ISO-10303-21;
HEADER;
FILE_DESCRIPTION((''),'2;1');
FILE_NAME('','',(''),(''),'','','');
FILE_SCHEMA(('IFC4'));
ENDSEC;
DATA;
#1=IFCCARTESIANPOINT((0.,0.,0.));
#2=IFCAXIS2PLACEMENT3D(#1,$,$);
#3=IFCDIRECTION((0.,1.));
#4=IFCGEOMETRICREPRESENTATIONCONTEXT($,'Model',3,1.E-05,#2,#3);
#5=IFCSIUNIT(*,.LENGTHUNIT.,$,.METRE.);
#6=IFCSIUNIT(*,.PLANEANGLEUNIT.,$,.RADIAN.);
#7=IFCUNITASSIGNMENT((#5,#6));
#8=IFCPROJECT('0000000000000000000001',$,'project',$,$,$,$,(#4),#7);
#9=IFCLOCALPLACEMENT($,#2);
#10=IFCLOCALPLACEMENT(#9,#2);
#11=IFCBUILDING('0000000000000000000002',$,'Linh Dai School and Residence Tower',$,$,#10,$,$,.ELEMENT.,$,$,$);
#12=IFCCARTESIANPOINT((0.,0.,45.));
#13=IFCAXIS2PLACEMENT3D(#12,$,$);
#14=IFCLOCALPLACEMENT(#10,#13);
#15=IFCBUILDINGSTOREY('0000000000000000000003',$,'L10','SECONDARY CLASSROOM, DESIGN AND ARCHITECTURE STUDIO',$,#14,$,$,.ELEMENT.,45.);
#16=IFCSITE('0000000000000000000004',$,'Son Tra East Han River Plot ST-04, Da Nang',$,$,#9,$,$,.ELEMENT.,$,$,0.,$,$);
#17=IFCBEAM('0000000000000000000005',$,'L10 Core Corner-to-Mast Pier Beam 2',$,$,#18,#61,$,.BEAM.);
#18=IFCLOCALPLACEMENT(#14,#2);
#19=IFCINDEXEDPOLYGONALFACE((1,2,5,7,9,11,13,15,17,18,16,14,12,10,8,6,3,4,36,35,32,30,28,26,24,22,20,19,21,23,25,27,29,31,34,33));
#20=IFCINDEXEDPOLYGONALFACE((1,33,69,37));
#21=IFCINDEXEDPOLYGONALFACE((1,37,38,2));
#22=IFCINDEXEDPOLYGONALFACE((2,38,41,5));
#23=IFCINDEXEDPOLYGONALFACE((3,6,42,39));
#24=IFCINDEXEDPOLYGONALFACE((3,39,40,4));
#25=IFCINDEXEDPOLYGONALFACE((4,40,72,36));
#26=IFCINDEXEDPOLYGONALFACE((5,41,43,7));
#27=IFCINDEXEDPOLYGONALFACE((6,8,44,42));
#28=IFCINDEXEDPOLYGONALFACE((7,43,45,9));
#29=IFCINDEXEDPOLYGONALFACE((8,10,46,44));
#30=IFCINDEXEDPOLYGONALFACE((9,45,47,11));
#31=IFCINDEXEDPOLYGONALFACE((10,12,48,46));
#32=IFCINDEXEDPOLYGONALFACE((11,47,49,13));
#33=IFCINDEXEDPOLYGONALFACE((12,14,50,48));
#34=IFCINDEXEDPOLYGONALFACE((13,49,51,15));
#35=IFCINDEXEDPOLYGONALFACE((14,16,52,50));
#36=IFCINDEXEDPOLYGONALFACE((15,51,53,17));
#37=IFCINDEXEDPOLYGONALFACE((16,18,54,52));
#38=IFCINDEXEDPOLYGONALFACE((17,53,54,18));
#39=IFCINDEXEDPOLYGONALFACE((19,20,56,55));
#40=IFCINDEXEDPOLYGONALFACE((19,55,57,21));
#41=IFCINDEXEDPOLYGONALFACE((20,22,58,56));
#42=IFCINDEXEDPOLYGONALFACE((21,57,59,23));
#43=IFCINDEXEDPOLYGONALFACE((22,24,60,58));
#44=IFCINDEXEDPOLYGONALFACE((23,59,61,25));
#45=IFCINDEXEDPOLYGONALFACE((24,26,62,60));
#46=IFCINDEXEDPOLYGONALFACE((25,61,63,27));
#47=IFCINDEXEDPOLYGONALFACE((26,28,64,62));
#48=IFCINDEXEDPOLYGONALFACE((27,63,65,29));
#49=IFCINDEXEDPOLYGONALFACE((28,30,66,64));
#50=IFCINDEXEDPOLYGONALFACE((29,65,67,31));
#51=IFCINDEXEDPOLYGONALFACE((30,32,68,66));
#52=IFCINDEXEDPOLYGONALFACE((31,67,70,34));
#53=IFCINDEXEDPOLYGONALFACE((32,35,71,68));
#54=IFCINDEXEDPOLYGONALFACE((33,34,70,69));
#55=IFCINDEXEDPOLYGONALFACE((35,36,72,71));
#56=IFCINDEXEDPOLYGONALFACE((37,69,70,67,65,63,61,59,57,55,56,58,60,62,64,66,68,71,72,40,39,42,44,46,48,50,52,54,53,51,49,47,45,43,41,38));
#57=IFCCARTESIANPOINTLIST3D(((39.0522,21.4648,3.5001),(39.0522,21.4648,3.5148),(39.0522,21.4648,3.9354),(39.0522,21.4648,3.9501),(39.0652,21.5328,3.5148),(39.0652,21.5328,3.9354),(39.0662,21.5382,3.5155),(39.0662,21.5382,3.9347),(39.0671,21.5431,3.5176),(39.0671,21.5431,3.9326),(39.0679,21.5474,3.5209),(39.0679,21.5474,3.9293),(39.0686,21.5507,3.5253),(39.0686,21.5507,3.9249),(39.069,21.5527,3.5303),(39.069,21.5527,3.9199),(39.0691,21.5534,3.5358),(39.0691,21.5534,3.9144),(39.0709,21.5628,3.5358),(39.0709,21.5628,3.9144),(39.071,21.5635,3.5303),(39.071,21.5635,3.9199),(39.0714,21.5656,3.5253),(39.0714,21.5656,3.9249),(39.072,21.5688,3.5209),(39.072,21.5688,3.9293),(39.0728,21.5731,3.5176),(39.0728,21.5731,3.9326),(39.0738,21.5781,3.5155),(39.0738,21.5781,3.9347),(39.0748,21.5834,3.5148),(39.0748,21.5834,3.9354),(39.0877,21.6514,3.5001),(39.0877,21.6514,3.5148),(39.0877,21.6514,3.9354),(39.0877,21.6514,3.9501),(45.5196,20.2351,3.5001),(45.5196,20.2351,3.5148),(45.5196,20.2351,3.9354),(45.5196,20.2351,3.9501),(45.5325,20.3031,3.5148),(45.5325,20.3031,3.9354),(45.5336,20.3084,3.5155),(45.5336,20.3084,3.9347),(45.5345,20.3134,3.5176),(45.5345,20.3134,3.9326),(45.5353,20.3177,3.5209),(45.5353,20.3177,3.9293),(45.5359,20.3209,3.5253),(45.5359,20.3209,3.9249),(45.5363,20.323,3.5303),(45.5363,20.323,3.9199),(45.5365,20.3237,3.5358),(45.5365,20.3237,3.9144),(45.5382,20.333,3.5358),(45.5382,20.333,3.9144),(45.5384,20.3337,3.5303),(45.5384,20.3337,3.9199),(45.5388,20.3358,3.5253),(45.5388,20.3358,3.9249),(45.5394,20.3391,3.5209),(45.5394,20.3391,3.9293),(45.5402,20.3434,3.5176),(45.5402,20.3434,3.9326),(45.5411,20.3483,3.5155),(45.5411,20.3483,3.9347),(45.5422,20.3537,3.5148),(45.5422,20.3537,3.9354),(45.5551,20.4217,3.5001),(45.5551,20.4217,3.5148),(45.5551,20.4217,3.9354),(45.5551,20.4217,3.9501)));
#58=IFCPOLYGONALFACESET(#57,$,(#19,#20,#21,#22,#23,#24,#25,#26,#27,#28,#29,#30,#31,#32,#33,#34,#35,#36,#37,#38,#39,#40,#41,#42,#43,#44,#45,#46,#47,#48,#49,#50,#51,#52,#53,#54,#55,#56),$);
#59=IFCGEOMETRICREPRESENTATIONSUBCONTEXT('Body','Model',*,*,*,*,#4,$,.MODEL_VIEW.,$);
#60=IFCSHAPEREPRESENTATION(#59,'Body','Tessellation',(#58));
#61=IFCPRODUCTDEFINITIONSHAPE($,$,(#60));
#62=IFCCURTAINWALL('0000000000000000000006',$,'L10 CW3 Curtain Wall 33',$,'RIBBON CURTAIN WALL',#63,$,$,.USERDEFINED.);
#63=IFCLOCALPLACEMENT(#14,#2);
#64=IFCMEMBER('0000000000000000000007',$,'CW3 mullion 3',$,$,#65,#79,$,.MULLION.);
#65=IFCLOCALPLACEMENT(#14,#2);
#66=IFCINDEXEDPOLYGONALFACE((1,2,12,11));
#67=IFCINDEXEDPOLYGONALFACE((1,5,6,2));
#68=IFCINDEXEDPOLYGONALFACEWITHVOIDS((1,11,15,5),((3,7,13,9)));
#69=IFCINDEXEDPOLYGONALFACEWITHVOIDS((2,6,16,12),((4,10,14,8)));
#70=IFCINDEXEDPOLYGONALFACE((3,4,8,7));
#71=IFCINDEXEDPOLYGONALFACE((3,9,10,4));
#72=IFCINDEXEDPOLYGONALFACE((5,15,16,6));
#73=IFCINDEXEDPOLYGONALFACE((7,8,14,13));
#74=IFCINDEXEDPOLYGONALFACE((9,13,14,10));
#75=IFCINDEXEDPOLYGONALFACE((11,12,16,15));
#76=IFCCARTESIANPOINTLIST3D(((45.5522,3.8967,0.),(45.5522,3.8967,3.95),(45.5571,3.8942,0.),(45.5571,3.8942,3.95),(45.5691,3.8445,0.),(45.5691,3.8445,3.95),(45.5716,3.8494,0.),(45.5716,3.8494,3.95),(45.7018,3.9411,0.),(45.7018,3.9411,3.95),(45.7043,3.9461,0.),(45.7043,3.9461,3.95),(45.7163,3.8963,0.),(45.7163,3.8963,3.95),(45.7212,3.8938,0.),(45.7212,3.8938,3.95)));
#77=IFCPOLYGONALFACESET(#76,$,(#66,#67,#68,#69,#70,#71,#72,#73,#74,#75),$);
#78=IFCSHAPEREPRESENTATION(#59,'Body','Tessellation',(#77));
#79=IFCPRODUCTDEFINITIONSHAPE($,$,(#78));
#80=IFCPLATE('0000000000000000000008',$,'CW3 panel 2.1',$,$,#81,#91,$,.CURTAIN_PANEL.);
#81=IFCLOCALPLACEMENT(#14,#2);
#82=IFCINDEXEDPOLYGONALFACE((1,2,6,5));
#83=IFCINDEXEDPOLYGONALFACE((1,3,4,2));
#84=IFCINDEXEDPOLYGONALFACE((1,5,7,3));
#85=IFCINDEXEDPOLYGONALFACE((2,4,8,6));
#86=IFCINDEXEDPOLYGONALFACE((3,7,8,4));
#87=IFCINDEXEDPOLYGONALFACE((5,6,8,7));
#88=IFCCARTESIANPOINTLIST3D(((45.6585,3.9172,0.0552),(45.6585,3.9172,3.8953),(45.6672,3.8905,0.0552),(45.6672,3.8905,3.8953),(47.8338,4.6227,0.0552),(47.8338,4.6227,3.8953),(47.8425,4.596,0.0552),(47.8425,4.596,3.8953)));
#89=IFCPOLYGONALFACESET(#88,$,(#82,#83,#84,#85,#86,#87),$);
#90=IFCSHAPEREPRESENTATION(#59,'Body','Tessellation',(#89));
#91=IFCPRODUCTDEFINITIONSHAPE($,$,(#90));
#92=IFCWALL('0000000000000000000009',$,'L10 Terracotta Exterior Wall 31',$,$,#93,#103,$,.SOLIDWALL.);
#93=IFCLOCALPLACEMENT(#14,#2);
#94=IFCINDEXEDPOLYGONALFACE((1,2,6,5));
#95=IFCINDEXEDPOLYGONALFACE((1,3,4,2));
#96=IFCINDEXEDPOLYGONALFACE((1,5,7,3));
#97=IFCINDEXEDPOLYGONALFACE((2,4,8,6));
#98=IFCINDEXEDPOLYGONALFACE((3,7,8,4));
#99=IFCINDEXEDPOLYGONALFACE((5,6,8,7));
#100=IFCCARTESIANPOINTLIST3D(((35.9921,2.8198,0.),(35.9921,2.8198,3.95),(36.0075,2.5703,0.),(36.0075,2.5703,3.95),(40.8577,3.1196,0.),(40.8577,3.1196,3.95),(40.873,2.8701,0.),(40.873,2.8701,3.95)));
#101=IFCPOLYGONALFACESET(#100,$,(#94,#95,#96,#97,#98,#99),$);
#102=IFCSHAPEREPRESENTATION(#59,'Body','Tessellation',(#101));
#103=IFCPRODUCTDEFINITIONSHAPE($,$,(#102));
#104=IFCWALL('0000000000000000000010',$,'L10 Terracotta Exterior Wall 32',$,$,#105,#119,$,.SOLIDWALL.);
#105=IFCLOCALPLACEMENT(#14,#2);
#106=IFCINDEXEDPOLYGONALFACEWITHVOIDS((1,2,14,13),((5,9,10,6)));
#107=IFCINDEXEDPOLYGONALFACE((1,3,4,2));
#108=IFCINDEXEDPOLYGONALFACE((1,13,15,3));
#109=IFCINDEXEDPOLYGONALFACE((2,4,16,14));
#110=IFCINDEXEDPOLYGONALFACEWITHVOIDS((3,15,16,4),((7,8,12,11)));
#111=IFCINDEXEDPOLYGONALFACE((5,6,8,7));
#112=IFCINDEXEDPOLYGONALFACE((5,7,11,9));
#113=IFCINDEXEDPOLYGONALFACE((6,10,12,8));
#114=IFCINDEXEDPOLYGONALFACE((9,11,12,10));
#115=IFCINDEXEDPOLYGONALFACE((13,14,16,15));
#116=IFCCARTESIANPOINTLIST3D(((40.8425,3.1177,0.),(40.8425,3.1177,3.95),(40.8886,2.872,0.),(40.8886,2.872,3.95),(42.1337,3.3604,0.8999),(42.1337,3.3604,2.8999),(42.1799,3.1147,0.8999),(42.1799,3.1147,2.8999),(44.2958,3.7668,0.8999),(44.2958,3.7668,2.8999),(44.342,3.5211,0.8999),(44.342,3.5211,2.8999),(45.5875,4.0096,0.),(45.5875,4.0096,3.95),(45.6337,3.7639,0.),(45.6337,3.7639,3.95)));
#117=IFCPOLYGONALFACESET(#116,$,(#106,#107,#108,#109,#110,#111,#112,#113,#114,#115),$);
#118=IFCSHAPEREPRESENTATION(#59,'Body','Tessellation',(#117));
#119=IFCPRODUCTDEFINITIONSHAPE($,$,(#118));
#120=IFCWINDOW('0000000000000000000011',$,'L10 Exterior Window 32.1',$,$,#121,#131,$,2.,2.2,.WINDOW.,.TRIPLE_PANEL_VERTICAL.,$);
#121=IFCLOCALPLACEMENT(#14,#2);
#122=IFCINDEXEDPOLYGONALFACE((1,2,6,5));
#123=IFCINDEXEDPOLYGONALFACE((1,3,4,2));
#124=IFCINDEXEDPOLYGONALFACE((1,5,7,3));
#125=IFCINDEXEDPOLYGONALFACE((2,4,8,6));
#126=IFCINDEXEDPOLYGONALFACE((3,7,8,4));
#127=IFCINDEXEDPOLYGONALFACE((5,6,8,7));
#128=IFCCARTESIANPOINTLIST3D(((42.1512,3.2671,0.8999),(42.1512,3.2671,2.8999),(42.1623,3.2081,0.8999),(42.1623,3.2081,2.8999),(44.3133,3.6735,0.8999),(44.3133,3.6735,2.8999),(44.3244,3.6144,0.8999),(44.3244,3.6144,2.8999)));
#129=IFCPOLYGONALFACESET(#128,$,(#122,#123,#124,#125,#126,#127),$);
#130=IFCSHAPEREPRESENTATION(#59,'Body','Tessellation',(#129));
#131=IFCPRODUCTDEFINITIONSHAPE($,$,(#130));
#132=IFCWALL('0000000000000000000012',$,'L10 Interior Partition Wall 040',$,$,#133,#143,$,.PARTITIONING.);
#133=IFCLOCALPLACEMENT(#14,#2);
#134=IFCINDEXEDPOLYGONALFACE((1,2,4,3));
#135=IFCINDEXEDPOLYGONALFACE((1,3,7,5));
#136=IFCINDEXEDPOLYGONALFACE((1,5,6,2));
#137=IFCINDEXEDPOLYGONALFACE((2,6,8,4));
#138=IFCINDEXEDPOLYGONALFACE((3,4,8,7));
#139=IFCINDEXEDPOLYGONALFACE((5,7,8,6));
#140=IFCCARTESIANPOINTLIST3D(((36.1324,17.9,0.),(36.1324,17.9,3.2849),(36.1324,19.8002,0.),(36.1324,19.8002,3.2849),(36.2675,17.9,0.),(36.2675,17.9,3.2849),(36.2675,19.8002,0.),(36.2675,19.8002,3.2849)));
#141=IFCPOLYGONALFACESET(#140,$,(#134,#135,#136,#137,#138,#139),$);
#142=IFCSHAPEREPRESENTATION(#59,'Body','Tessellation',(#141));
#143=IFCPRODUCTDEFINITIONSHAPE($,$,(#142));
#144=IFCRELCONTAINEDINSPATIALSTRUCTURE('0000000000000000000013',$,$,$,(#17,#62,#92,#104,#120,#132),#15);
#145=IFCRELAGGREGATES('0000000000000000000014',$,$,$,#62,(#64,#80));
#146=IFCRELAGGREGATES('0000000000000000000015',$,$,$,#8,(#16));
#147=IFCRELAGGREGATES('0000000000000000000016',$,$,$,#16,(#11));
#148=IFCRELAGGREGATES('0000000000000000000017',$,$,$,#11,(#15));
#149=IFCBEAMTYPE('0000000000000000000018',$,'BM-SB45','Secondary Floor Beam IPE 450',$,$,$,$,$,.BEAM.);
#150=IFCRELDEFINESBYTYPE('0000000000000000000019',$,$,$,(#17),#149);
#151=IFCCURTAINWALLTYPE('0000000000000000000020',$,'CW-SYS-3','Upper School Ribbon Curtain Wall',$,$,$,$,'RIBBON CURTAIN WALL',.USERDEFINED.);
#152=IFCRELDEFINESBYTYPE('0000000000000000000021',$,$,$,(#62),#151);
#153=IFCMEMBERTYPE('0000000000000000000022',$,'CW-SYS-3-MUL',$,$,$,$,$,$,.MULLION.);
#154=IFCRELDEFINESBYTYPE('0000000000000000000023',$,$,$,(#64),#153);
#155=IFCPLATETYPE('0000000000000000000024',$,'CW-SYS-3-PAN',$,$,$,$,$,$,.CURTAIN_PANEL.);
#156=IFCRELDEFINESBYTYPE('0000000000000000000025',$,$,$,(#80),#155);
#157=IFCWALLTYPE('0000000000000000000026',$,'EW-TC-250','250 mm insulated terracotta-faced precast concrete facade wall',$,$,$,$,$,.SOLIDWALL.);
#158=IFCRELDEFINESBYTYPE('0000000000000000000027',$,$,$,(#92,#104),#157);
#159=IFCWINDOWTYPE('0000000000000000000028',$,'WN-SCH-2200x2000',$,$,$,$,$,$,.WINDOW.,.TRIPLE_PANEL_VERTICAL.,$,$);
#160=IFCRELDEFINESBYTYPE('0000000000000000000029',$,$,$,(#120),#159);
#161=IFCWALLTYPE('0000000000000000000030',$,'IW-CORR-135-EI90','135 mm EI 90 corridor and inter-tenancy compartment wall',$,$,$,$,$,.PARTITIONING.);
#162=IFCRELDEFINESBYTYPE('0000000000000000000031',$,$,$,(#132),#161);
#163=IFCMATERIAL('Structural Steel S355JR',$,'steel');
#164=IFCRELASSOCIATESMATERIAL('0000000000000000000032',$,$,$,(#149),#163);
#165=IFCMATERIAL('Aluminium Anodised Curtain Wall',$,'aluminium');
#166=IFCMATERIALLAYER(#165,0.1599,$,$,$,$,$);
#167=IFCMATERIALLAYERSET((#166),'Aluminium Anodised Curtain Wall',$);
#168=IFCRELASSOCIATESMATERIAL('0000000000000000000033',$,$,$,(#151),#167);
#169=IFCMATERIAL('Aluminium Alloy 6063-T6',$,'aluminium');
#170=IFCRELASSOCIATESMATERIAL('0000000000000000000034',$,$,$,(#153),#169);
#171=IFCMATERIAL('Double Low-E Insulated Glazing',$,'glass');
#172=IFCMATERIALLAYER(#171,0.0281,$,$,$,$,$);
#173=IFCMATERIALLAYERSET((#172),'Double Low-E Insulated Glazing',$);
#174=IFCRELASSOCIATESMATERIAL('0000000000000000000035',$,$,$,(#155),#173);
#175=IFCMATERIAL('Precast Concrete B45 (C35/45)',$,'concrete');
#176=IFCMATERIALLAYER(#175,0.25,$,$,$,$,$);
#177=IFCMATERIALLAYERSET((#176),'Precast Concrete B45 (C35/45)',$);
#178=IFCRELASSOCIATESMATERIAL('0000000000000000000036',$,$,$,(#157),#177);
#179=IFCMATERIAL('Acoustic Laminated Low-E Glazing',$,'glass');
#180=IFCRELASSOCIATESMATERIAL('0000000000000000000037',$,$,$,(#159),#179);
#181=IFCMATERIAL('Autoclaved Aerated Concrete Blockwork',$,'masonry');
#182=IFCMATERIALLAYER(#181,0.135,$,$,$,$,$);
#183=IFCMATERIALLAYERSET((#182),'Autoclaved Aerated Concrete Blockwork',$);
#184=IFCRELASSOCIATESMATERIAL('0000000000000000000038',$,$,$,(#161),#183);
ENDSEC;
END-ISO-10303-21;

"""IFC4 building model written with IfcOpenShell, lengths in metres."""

from ifc_helpers import new_model, si_unit, direction, frame, frame_2d, origin, origin_2d, place, context, subcontext, project, spatial, rectangle, hollow_rectangle, i_section, extrude, source, transform, mapped, material, layer, layer_set, material_profile, profile_set, type_object, element, fill, aggregate, save


model = new_model("IFC4")

# Units and contexts
model_context = context("Model", 3, precision=1e-05, world=origin(), true_north=direction((0.0, 1.0)))
body_context = subcontext(model_context, "Body", "Model", "MODEL_VIEW")
ifc_project = project(units=[si_unit("LENGTHUNIT", "METRE"), si_unit("PLANEANGLEUNIT", "RADIAN")], contexts=[model_context])

# Site, building, storey
site_placement = place(None, origin())
site = spatial("IfcSite", under=ifc_project, at=site_placement, Name="Son Tra East Han River Plot ST-04, Da Nang", CompositionType="ELEMENT", RefElevation=0.0)
building_placement = place(site_placement, origin())
building = spatial("IfcBuilding", under=site, at=building_placement, Name="Linh Dai School and Residence Tower", CompositionType="ELEMENT")
storey_placement = place(building_placement, frame((0.0, 0.0, 45.0)))
storey = spatial("IfcBuildingStorey", under=building, at=storey_placement, Name="L10", Description="SECONDARY CLASSROOM, DESIGN AND ARCHITECTURE STUDIO", CompositionType="ELEMENT", Elevation=45.0)

# Shared definitions
ifc_material_1 = material(Name="Structural Steel S355JR", Category="steel")

# Beam
ifc_material_profile_1 = material_profile(ifc_material_1, i_section(OverallWidth=0.1899, OverallDepth=0.45, WebThickness=0.0095, FlangeThickness=0.0146, FilletRadius=0.021, at=origin_2d()), Name="IPE 450")
ifc_profile_set_1 = profile_set([ifc_material_profile_1], Name="Structural Steel S355JR")
beam_type_1 = type_object("IfcBeamType", Name="BM-SB45", Description="Secondary Floor Beam IPE 450", PredefinedType="BEAM", material=ifc_profile_set_1)
beam_1_placement = place(storey_placement, frame((45.5374, 20.3284, 3.7251), z_axis=(-0.982398, 0.1868, 0.0), x_axis=(-0.1868, -0.982398, 0.0)))
element("IfcBeam", 1, at=beam_1_placement, inside=storey, type_object=beam_type_1, Name="L10 Core Corner-to-Mast Pier Beam 2", PredefinedType="BEAM", context=body_context, shape_type="SweptSolid", body=[
    extrude(i_section(OverallWidth=0.1899, OverallDepth=0.45, WebThickness=0.0095, FlangeThickness=0.0146, FilletRadius=0.021, at=origin_2d()), origin(), (0.0, 0.0, 1.0), 6.5833),
])

# Curtain wall, member, plate
ifc_material_2 = material(Name="Aluminium Anodised Curtain Wall", Category="aluminium")
ifc_layer_1 = layer(ifc_material_2, 0.1599)
ifc_layer_set_1 = layer_set([ifc_layer_1], Name="Aluminium Anodised Curtain Wall")
curtain_wall_type = type_object("IfcCurtainWallType", Name="CW-SYS-3", Description="Upper School Ribbon Curtain Wall", ElementType="RIBBON CURTAIN WALL", PredefinedType="USERDEFINED", material=ifc_layer_set_1)
curtain_wall_placement = place(storey_placement, origin())
curtain_wall = element("IfcCurtainWall", 2, at=curtain_wall_placement, inside=storey, type_object=curtain_wall_type, Name="L10 CW3 Curtain Wall 33", ObjectType="RIBBON CURTAIN WALL", PredefinedType="USERDEFINED")
ifc_material_3 = material(Name="Aluminium Alloy 6063-T6", Category="aluminium")
ifc_material_profile_2 = material_profile(ifc_material_3, hollow_rectangle(XDim=0.0549, YDim=0.1599, WallThickness=0.0039, at=origin_2d()), Name="RHS 160x55x4")
ifc_profile_set_2 = profile_set([ifc_material_profile_2], Name="Aluminium Alloy 6063-T6")
member_type = type_object("IfcMemberType", Name="CW-SYS-3-MUL", PredefinedType="MULLION", material=ifc_profile_set_2)
shared_shape_1 = source(origin(), body_context, "Body", "SweptSolid", [
    extrude(hollow_rectangle(XDim=0.0549, YDim=0.1599, WallThickness=0.0039, at=origin_2d()), origin(), (0.0, 0.0, 1.0), 3.95),
])
member_placement = place(storey_placement, frame((45.6367, 3.8953, 0.0), z_axis=(0.0, 0.0, 1.0), x_axis=(0.308511, -0.951221, 0.0)))
member = element("IfcMember", 3, at=member_placement, type_object=member_type, Name="CW3 mullion 3", PredefinedType="MULLION", context=body_context, shape_type="MappedRepresentation", body=[
    mapped(shared_shape_1, transform((0.0, 0.0, 0.0), x_axis=(1.0, 0.0, 0.0), y_axis=(0.0, 1.0, 0.0), z_axis=(0.0, 0.0, 1.0), scale=1.0)),
])
ifc_material_4 = material(Name="Double Low-E Insulated Glazing", Category="glass")
ifc_layer_2 = layer(ifc_material_4, 0.0281)
ifc_layer_set_2 = layer_set([ifc_layer_2], Name="Double Low-E Insulated Glazing")
plate_type = type_object("IfcPlateType", Name="CW-SYS-3-PAN", PredefinedType="CURTAIN_PANEL", material=ifc_layer_set_2)
shared_shape_2 = source(origin(), body_context, "Body", "SweptSolid", [
    extrude(rectangle(XDim=2.2869, YDim=0.0281, at=origin_2d()), origin(), (0.0, 0.0, 1.0), 3.8401),
])
plate_placement = place(storey_placement, frame((46.7505, 4.2566, 0.0552), z_axis=(0.0, 0.0, 1.0), x_axis=(-0.951221, -0.308511, 0.0)))
plate = element("IfcPlate", 4, at=plate_placement, type_object=plate_type, Name="CW3 panel 2.1", PredefinedType="CURTAIN_PANEL", context=body_context, shape_type="MappedRepresentation", body=[
    mapped(shared_shape_2, transform((0.0, 0.0, 0.0), x_axis=(1.0, 0.0, 0.0), y_axis=(0.0, 1.0, 0.0), z_axis=(0.0, 0.0, 1.0), scale=1.0)),
])
aggregate(curtain_wall, [member, plate])

# Wall
ifc_material_5 = material(Name="Precast Concrete B45 (C35/45)", Category="concrete")
ifc_layer_3 = layer(ifc_material_5, 0.25)
ifc_layer_set_3 = layer_set([ifc_layer_3], Name="Precast Concrete B45 (C35/45)")
wall_type_1 = type_object("IfcWallType", Name="EW-TC-250", Description="250 mm insulated terracotta-faced precast concrete facade wall", PredefinedType="SOLIDWALL", material=ifc_layer_set_3)
wall_1_placement = place(storey_placement, frame((40.8655, 2.9949, 0.0), z_axis=(0.0, 0.0, 1.0), x_axis=(-0.998107, -0.061502, 0.0)))
element("IfcWall", 5, at=wall_1_placement, inside=storey, type_object=wall_type_1, Name="L10 Terracotta Exterior Wall 31", PredefinedType="SOLIDWALL", context=body_context, shape_type="SweptSolid", body=[
    extrude(rectangle(XDim=4.8748, YDim=0.25, at=frame_2d((2.4375, 0.0))), origin(), (0.0, 0.0, 1.0), 3.95),
])

# Wall, opening, window
wall_2_placement = place(storey_placement, frame((45.6106, 3.8867, 0.0), z_axis=(0.0, 0.0, 1.0), x_axis=(-0.982792, -0.184716, 0.0)))
wall_2 = element("IfcWall", 6, at=wall_2_placement, inside=storey, type_object=wall_type_1, Name="L10 Terracotta Exterior Wall 32", PredefinedType="SOLIDWALL", context=body_context, shape_type="SweptSolid", body=[
    extrude(rectangle(XDim=4.8281, YDim=0.25, at=frame_2d((2.4141, 0.0))), origin(), (0.0, 0.0, 1.0), 3.95),
])
opening_1_placement = place(wall_2_placement, frame((1.3142, 0.0, 0.8999)))
opening_1 = element("IfcOpeningElement", 7, at=opening_1_placement, cuts=wall_2, PredefinedType="OPENING", context=body_context, shape_type="SweptSolid", body=[
    extrude(rectangle(XDim=2.2, YDim=2.0, at=origin_2d()), frame((1.1001, 0.135, 1.0), z_axis=(0.0, -1.0, 0.0), x_axis=(1.0, 0.0, 0.0)), (0.0, 0.0, 1.0), 0.27),
])
ifc_material_6 = material(Name="Acoustic Laminated Low-E Glazing", Category="glass")
window_type = type_object("IfcWindowType", Name="WN-SCH-2200x2000", PartitioningType="TRIPLE_PANEL_VERTICAL", PredefinedType="WINDOW", material=ifc_material_6)
shared_shape_3 = source(origin(), body_context, "Body", "SweptSolid", [
    extrude(rectangle(XDim=2.2, YDim=2.0, at=origin_2d()), frame((1.1001, 0.03, 1.0), z_axis=(0.0, -1.0, 0.0), x_axis=(1.0, 0.0, 0.0)), (0.0, 0.0, 1.0), 0.0601),
])
window_placement = place(opening_1_placement, origin())
window = element("IfcWindow", 8, at=window_placement, inside=storey, type_object=window_type, Name="L10 Exterior Window 32.1", OverallHeight=2.0, OverallWidth=2.2, PartitioningType="TRIPLE_PANEL_VERTICAL", PredefinedType="WINDOW", context=body_context, shape_type="MappedRepresentation", body=[
    mapped(shared_shape_3, transform((0.0, 0.0, 0.0), x_axis=(1.0, 0.0, 0.0), y_axis=(0.0, 1.0, 0.0), z_axis=(0.0, 0.0, 1.0), scale=1.0)),
])
fill(opening_1, window)

# Wall
ifc_material_7 = material(Name="Autoclaved Aerated Concrete Blockwork", Category="masonry")
ifc_layer_4 = layer(ifc_material_7, 0.135)
ifc_layer_set_4 = layer_set([ifc_layer_4], Name="Autoclaved Aerated Concrete Blockwork")
wall_type_2 = type_object("IfcWallType", Name="IW-CORR-135-EI90", Description="135 mm EI 90 corridor and inter-tenancy compartment wall", PredefinedType="PARTITIONING", material=ifc_layer_set_4)
wall_3_placement = place(storey_placement, frame((36.2, 17.8999, 0.0), z_axis=(0.0, 0.0, 1.0), x_axis=(0.0, 1.0, 0.0)))
element("IfcWall", 9, at=wall_3_placement, inside=storey, type_object=wall_type_2, Name="L10 Interior Partition Wall 040", PredefinedType="PARTITIONING", context=body_context, shape_type="SweptSolid", body=[
    extrude(rectangle(XDim=1.9001, YDim=0.135, at=frame_2d((0.9502, 0.0))), origin(), (0.0, 0.0, 1.0), 3.2849),
])

save(model, "model.ifc")
